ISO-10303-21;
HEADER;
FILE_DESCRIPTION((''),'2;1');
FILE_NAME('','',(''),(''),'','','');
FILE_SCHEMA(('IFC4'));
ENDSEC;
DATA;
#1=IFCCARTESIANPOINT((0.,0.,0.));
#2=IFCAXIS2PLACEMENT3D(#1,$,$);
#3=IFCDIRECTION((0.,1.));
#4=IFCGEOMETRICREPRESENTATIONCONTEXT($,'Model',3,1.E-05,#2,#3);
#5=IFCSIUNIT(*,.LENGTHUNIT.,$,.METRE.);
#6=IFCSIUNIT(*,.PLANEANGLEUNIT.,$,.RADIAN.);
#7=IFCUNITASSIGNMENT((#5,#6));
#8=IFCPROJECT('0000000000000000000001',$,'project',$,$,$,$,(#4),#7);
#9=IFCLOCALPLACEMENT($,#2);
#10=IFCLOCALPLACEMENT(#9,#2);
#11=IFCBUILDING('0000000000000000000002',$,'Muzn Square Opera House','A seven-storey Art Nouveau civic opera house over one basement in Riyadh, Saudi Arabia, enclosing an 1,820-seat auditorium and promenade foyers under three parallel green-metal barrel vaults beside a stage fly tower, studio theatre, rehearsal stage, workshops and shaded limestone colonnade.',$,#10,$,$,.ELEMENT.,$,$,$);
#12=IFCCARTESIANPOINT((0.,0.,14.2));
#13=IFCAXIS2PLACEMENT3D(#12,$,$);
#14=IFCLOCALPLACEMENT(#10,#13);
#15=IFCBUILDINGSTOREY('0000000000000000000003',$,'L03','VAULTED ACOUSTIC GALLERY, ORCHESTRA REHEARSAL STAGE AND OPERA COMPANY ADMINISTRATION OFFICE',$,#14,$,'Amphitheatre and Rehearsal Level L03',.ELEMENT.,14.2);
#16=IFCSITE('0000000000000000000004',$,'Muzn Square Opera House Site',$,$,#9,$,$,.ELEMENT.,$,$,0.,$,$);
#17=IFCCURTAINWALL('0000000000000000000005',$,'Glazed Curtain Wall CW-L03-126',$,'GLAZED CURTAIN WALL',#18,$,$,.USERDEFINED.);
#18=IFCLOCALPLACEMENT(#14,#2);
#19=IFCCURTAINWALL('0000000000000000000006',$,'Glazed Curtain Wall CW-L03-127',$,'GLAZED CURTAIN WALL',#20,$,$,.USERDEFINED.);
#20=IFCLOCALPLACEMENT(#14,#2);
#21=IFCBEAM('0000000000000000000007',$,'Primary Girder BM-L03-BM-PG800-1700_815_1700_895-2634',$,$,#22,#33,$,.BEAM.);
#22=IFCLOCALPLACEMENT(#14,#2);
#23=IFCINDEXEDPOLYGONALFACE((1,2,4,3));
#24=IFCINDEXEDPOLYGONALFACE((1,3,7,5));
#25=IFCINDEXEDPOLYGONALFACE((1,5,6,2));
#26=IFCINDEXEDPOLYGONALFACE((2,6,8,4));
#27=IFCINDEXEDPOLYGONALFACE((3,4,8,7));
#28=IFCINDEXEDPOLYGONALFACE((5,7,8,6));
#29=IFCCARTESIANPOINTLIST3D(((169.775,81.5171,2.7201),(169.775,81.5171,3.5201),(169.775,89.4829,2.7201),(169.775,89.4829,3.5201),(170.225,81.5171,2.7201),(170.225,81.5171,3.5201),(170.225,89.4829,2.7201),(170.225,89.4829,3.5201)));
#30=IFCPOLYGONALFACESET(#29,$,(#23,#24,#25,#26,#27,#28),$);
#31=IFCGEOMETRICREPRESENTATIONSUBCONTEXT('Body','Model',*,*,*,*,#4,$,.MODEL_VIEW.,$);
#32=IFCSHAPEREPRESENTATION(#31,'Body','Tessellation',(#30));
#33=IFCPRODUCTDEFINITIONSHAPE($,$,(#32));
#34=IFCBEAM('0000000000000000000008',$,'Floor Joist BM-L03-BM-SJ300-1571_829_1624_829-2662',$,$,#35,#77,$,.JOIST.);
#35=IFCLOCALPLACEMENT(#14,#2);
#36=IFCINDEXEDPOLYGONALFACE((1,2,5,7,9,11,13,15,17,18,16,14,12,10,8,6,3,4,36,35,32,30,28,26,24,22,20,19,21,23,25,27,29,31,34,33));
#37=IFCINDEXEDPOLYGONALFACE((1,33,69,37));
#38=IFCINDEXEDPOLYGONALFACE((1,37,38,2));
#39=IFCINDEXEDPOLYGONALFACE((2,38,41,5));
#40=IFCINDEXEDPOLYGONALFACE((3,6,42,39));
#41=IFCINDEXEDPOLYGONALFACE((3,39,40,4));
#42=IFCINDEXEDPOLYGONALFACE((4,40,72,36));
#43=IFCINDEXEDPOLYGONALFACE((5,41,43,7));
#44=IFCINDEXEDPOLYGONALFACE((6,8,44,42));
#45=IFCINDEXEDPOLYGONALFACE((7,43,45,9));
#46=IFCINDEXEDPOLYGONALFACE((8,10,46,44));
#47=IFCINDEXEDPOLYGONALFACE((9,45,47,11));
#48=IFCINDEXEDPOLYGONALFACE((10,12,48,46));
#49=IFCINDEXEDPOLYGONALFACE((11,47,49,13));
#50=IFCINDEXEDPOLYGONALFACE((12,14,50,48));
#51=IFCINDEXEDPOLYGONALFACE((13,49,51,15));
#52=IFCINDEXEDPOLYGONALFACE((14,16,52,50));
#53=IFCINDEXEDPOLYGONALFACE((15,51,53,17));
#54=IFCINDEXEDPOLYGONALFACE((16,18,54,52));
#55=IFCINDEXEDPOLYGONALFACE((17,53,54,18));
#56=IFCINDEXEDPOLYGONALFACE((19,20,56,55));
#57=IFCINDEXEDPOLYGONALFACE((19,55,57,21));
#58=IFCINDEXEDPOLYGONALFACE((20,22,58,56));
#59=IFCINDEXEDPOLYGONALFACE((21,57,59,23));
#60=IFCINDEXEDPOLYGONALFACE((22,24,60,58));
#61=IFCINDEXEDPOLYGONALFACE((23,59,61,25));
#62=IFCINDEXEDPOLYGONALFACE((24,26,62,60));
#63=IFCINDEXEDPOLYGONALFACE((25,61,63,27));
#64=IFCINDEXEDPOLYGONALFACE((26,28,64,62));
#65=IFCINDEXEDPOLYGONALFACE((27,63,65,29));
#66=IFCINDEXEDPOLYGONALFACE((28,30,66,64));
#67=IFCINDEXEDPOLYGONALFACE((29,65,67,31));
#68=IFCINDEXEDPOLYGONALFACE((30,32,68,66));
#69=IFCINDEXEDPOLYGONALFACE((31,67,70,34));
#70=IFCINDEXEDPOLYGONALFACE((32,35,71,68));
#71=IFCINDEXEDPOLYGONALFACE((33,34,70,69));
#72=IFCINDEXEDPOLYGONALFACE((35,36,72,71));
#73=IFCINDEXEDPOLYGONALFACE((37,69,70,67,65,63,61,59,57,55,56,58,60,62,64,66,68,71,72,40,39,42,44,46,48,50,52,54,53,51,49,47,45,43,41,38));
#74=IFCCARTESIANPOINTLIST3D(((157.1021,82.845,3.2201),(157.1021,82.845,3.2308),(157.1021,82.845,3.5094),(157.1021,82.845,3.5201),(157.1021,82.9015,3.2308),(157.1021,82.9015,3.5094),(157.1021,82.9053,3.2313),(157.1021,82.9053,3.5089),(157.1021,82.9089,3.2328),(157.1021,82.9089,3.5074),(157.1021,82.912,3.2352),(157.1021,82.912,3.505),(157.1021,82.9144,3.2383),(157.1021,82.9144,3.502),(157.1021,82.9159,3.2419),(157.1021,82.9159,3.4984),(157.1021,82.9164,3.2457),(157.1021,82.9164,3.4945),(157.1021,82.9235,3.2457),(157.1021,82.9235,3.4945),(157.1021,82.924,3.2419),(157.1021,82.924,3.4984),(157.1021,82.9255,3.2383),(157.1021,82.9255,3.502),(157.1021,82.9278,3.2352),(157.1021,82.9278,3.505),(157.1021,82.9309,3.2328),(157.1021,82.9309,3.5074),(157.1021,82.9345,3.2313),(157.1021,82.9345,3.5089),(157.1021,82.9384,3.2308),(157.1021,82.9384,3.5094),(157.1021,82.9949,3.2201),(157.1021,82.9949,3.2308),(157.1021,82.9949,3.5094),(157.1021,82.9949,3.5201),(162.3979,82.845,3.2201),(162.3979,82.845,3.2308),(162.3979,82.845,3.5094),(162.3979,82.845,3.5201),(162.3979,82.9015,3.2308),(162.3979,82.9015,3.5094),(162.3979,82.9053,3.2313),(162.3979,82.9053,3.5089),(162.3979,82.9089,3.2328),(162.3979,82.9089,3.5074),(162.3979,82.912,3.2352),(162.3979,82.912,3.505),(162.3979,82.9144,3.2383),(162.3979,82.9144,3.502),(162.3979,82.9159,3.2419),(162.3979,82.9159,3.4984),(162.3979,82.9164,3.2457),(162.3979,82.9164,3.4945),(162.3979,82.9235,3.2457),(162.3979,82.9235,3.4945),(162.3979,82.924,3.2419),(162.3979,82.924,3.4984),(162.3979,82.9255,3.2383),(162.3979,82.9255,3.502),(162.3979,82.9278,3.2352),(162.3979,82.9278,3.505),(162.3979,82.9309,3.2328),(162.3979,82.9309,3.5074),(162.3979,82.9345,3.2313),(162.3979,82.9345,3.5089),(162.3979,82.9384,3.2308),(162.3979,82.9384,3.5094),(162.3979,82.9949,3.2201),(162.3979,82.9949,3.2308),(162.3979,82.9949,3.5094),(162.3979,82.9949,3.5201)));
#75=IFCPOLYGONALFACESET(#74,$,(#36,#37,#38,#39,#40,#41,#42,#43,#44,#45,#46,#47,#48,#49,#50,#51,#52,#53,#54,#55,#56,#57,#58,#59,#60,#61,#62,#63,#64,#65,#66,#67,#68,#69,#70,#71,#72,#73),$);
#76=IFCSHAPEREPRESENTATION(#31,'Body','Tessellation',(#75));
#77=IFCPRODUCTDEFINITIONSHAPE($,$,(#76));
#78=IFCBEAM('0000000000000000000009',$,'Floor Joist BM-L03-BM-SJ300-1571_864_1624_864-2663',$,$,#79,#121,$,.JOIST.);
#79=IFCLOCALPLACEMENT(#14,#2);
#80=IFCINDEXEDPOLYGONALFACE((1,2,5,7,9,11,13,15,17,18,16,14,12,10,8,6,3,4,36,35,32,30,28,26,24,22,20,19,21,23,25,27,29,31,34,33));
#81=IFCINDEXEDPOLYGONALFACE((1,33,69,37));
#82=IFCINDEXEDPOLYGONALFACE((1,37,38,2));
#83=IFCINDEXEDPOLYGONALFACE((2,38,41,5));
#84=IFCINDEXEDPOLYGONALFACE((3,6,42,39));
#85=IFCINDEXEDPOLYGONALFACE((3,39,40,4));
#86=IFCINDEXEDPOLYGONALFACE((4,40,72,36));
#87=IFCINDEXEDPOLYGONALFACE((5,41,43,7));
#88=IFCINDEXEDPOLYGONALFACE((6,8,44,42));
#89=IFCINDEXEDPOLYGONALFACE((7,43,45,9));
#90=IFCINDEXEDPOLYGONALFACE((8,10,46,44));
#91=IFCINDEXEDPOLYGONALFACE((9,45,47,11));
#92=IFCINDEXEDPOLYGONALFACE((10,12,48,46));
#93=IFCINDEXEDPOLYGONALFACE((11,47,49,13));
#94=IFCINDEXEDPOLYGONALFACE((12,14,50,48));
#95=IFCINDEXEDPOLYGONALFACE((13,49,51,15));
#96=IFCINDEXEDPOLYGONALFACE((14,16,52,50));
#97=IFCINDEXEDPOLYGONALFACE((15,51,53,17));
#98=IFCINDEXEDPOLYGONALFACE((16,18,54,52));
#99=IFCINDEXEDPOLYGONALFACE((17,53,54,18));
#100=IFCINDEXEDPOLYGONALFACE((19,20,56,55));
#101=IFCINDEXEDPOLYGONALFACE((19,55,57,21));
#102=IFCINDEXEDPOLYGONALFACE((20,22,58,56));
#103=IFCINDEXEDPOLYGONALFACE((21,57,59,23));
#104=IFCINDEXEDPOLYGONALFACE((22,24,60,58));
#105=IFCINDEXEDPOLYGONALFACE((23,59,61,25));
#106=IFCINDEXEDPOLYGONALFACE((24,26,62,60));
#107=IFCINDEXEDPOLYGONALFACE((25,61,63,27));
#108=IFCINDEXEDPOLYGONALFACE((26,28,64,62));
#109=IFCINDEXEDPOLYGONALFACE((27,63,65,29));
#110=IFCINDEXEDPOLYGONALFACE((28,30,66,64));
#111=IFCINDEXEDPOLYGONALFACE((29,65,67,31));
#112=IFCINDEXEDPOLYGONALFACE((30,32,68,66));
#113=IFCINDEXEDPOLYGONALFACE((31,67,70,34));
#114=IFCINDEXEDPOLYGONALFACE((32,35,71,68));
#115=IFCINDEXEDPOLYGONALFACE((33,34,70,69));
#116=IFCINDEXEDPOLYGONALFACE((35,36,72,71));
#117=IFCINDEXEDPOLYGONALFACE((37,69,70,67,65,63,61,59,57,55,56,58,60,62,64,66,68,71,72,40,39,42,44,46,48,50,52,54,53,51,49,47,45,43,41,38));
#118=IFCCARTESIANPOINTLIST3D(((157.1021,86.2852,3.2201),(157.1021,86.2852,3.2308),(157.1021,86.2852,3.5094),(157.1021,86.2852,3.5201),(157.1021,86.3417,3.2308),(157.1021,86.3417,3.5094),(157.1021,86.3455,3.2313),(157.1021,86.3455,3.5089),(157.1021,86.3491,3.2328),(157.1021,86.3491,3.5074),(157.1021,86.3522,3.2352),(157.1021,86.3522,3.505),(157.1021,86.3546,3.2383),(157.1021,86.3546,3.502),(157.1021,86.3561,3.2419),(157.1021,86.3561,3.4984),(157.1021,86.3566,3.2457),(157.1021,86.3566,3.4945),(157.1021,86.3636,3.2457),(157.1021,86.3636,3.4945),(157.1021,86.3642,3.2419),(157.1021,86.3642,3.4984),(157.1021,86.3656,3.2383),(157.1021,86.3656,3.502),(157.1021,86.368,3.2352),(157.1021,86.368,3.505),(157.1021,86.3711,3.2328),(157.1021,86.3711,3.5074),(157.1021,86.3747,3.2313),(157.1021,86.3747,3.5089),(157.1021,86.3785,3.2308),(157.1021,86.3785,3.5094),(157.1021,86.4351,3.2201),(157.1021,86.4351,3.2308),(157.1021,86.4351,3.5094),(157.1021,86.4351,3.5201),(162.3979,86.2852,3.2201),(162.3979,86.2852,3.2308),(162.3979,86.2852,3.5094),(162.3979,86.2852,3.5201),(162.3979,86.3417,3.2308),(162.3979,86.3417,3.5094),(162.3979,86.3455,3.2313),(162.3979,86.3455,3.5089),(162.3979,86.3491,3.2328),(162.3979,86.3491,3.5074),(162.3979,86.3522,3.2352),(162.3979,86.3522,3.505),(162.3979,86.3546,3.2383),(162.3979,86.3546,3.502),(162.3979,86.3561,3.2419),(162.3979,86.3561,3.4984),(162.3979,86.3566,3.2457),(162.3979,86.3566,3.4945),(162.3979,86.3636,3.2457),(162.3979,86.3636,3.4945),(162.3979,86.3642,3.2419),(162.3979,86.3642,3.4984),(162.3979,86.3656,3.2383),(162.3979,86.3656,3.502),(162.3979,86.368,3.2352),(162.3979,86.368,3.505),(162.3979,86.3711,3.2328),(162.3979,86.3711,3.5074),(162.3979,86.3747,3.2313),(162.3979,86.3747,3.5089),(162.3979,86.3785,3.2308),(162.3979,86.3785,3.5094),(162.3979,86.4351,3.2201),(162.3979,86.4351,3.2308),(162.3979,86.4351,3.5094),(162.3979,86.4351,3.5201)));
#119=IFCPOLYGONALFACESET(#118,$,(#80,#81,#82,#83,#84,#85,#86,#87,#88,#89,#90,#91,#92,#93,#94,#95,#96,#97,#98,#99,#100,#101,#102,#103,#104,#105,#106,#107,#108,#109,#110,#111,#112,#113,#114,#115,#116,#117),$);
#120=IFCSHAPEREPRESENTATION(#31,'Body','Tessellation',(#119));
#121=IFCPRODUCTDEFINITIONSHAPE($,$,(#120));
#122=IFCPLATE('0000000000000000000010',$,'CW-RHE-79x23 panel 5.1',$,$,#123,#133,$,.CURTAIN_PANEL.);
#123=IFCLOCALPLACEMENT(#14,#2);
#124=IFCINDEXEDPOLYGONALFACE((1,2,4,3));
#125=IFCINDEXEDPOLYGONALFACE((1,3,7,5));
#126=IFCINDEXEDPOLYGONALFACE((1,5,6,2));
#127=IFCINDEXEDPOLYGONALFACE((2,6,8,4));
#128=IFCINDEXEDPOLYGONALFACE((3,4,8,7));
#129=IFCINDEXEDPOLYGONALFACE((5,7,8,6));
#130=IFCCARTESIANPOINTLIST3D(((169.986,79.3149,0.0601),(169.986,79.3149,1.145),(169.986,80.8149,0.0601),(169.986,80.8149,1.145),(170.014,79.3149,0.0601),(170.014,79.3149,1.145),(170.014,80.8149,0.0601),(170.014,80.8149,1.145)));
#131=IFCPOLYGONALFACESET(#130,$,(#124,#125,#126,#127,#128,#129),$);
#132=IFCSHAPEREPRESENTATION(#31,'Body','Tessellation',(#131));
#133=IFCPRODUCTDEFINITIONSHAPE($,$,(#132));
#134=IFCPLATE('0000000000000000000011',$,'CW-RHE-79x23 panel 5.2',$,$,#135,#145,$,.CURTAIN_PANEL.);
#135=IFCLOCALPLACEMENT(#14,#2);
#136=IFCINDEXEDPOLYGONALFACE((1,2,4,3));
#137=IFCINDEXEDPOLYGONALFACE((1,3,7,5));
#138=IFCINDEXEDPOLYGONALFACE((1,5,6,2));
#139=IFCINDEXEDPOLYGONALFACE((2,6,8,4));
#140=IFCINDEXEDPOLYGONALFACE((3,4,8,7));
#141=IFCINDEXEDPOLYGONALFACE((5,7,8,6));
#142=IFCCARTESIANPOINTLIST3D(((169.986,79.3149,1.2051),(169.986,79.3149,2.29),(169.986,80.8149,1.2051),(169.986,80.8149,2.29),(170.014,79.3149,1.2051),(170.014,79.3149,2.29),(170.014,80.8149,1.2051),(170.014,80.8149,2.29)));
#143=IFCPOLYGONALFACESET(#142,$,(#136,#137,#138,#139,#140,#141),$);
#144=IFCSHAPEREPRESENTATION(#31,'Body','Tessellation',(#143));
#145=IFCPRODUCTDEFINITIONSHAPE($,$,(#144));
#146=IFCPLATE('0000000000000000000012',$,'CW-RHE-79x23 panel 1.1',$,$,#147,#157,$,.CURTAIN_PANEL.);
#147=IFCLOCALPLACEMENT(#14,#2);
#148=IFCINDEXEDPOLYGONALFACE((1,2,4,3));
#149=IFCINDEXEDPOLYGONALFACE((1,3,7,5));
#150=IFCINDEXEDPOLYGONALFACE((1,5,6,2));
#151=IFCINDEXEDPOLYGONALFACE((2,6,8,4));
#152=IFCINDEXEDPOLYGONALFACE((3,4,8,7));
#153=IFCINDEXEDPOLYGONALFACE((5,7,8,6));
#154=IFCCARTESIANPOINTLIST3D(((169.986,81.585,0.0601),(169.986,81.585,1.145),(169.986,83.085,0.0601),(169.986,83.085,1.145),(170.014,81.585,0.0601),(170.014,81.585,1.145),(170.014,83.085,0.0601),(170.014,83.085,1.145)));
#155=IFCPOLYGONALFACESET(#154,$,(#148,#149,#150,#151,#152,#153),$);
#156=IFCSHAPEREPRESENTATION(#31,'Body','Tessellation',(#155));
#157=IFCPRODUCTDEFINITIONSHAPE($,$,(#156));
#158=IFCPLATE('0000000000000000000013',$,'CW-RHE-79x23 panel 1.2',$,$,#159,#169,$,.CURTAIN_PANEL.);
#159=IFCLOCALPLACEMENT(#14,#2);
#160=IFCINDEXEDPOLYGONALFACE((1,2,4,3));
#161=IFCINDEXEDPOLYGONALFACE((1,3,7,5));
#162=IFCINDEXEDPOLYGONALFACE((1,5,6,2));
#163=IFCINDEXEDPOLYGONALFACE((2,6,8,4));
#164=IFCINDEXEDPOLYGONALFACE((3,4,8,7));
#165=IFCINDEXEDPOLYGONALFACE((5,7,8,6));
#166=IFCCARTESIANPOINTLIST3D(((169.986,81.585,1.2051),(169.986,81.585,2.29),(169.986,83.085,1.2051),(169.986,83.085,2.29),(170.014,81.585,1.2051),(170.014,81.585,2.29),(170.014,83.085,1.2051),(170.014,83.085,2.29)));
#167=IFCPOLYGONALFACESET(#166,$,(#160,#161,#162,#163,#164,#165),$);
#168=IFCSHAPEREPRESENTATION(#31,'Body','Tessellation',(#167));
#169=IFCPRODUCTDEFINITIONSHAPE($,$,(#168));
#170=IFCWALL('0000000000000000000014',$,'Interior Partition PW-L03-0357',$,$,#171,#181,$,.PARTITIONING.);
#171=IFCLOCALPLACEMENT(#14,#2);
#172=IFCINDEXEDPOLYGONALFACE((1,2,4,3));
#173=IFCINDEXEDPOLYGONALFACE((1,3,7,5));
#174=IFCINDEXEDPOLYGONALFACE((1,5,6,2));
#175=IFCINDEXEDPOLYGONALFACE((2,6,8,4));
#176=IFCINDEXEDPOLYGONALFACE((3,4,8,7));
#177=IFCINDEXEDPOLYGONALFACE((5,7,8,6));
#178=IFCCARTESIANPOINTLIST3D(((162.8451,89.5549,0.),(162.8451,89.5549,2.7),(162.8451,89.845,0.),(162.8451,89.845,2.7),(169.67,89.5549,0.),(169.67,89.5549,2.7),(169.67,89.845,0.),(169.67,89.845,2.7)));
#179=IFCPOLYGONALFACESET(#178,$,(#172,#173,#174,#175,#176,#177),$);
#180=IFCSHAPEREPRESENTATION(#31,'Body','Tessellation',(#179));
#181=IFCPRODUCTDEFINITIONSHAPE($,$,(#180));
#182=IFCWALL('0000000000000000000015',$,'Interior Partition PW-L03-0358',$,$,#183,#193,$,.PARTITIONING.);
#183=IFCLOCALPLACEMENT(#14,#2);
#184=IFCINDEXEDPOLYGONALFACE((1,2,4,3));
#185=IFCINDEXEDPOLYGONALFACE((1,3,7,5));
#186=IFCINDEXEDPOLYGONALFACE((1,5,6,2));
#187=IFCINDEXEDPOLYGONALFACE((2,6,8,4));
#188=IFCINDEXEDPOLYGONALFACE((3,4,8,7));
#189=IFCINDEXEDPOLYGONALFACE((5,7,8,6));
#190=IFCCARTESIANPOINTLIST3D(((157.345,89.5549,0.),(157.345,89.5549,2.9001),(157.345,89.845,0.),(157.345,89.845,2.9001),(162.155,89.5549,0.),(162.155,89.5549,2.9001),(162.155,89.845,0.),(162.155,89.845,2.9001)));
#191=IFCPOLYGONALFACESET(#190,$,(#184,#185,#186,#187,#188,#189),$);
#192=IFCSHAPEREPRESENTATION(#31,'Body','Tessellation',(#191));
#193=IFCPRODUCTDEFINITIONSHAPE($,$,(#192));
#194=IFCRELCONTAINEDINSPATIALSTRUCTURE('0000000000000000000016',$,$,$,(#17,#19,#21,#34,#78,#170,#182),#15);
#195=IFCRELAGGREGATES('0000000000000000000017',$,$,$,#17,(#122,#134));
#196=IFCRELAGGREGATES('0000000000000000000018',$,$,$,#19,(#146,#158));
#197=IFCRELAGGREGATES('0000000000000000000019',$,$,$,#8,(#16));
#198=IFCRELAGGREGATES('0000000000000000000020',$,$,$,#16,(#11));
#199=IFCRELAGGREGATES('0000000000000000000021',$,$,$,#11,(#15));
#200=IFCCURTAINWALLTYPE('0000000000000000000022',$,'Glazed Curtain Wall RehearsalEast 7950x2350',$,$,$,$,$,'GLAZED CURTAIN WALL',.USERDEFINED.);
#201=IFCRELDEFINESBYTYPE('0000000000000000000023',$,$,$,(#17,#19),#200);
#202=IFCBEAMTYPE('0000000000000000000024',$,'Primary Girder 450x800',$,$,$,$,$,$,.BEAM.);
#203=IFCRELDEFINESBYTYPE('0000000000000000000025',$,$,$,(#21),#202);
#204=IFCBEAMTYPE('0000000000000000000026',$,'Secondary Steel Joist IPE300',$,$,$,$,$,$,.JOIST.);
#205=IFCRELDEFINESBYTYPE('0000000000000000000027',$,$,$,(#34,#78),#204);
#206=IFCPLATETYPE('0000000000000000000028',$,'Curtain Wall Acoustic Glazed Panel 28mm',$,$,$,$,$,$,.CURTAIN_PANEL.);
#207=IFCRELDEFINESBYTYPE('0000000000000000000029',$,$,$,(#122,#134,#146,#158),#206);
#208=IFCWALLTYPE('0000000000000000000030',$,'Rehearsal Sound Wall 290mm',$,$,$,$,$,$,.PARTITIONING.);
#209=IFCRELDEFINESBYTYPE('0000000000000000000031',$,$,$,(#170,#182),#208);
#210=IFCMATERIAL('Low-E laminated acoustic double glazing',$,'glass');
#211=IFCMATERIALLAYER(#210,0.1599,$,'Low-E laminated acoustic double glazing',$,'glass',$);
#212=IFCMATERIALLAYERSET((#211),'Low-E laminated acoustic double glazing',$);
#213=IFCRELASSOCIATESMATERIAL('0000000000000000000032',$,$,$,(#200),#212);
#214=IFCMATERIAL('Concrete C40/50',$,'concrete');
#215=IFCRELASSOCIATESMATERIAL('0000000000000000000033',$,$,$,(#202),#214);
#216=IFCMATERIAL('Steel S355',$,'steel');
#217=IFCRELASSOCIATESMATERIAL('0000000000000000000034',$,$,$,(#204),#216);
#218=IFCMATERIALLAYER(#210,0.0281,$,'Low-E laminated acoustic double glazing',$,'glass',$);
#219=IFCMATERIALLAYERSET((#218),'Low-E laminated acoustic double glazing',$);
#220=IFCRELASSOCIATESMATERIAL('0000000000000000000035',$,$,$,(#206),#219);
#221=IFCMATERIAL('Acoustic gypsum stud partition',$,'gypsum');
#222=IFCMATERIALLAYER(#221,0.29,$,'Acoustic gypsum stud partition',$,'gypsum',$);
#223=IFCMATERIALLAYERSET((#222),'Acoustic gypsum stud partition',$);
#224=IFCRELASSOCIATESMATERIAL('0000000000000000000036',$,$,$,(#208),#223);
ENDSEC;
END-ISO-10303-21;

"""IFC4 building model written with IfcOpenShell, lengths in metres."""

from ifc_helpers import new_model, si_unit, direction, frame, frame_2d, origin, origin_2d, place, context, subcontext, project, spatial, rectangle, i_section, extrude, material, layer, layer_set, material_profile, profile_set, type_object, element, aggregate, save


model = new_model("IFC4")

# Units and contexts
model_context = context("Model", 3, precision=1e-05, world=origin(), true_north=direction((0.0, 1.0)))
body_context = subcontext(model_context, "Body", "Model", "MODEL_VIEW")
ifc_project = project(units=[si_unit("LENGTHUNIT", "METRE"), si_unit("PLANEANGLEUNIT", "RADIAN")], contexts=[model_context])

# Site, building, storey
site_placement = place(None, origin())
site = spatial("IfcSite", under=ifc_project, at=site_placement, Name="Muzn Square Opera House Site", CompositionType="ELEMENT", RefElevation=0.0)
building_placement = place(site_placement, origin())
building = spatial("IfcBuilding", under=site, at=building_placement, Name="Muzn Square Opera House", Description="A seven-storey Art Nouveau civic opera house over one basement in Riyadh, Saudi Arabia, enclosing an 1,820-seat auditorium and promenade foyers under three parallel green-metal barrel vaults beside a stage fly tower, studio theatre, rehearsal stage, workshops and shaded limestone colonnade.", CompositionType="ELEMENT")
storey_placement = place(building_placement, frame((0.0, 0.0, 14.2)))
storey = spatial("IfcBuildingStorey", under=building, at=storey_placement, Name="L03", Description="VAULTED ACOUSTIC GALLERY, ORCHESTRA REHEARSAL STAGE AND OPERA COMPANY ADMINISTRATION OFFICE", LongName="Amphitheatre and Rehearsal Level L03", CompositionType="ELEMENT", Elevation=14.2)

# Curtain wall
ifc_material_1 = material(Name="Low-E laminated acoustic double glazing", Category="glass")
ifc_layer_1 = layer(ifc_material_1, 0.1599, Name="Low-E laminated acoustic double glazing", Category="glass")
ifc_layer_set_1 = layer_set([ifc_layer_1], Name="Low-E laminated acoustic double glazing")
curtain_wall_type = type_object("IfcCurtainWallType", Name="Glazed Curtain Wall RehearsalEast 7950x2350", ElementType="GLAZED CURTAIN WALL", PredefinedType="USERDEFINED", material=ifc_layer_set_1)
curtain_wall_1_placement = place(storey_placement, origin())
curtain_wall_1 = element("IfcCurtainWall", 1, at=curtain_wall_1_placement, inside=storey, type_object=curtain_wall_type, Name="Glazed Curtain Wall CW-L03-126", ObjectType="GLAZED CURTAIN WALL", PredefinedType="USERDEFINED")

# Curtain wall
curtain_wall_2_placement = place(storey_placement, origin())
curtain_wall_2 = element("IfcCurtainWall", 2, at=curtain_wall_2_placement, inside=storey, type_object=curtain_wall_type, Name="Glazed Curtain Wall CW-L03-127", ObjectType="GLAZED CURTAIN WALL", PredefinedType="USERDEFINED")

# Beams
ifc_material_2 = material(Name="Concrete C40/50", Category="concrete")
ifc_material_profile_1 = material_profile(ifc_material_2, rectangle(XDim=0.45, YDim=0.8, at=origin_2d()), Name="RCB 450x800", Category="concrete")
ifc_profile_set_1 = profile_set([ifc_material_profile_1], Name="Concrete C40/50")
beam_type_1 = type_object("IfcBeamType", Name="Primary Girder 450x800", PredefinedType="BEAM", material=ifc_profile_set_1)
beam_1_placement = place(storey_placement, frame((170.0, 81.5171, 3.1201), z_axis=(0.0, 1.0, 0.0), x_axis=(-1.0, 0.0, 0.0)))
element("IfcBeam", 3, at=beam_1_placement, inside=storey, type_object=beam_type_1, Name="Primary Girder BM-L03-BM-PG800-1700_815_1700_895-2634", PredefinedType="BEAM", context=body_context, shape_type="SweptSolid", body=[
    extrude(rectangle(XDim=0.45, YDim=0.8, at=origin_2d()), origin(), (0.0, 0.0, 1.0), 7.9658),
])
ifc_material_3 = material(Name="Steel S355", Category="steel")
ifc_material_profile_2 = material_profile(ifc_material_3, i_section(OverallWidth=0.1499, OverallDepth=0.3, WebThickness=0.0071, FlangeThickness=0.0107, FilletRadius=0.0149, at=origin_2d()), Name="IPE 300", Category="steel")
ifc_profile_set_2 = profile_set([ifc_material_profile_2], Name="Steel S355")
beam_type_2 = type_object("IfcBeamType", Name="Secondary Steel Joist IPE300", PredefinedType="JOIST", material=ifc_profile_set_2)
for number, where, z_axis, x_axis, name in (
    (4, (157.1021, 82.9199, 3.3701), (1.0, 0.0, 0.0), (0.0, 1.0, 0.0), "Floor Joist BM-L03-BM-SJ300-1571_829_1624_829-2662"),
    (5, (157.1021, 86.3601, 3.3701), (1.0, 0.0, 0.0), (0.0, 1.0, 0.0), "Floor Joist BM-L03-BM-SJ300-1571_864_1624_864-2663"),
):
    element("IfcBeam", number, at=place(storey_placement, frame(where, z_axis=z_axis, x_axis=x_axis)), inside=storey, type_object=beam_type_2, Name=name, PredefinedType="JOIST", context=body_context, shape_type="SweptSolid", body=[
        extrude(i_section(OverallWidth=0.1499, OverallDepth=0.3, WebThickness=0.0071, FlangeThickness=0.0107, FilletRadius=0.0149, at=origin_2d()), origin(), (0.0, 0.0, 1.0), 5.2959),
    ])

# Plates
ifc_layer_2 = layer(ifc_material_1, 0.0281, Name="Low-E laminated acoustic double glazing", Category="glass")
ifc_layer_set_2 = layer_set([ifc_layer_2], Name="Low-E laminated acoustic double glazing")
plate_type = type_object("IfcPlateType", Name="Curtain Wall Acoustic Glazed Panel 28mm", PredefinedType="CURTAIN_PANEL", material=ifc_layer_set_2)
plate_1_placement = place(storey_placement, frame((170.0, 80.0649, 0.0601), z_axis=(0.0, 0.0, 1.0), x_axis=(0.0, 1.0, 0.0)))
plate_1 = element("IfcPlate", 6, at=plate_1_placement, type_object=plate_type, Name="CW-RHE-79x23 panel 5.1", PredefinedType="CURTAIN_PANEL", context=body_context, shape_type="SweptSolid", body=[
    extrude(rectangle(XDim=1.5, YDim=0.0281, at=origin_2d()), origin(), (0.0, 0.0, 1.0), 1.085),
])
plate_2_placement = place(storey_placement, frame((170.0, 80.0649, 1.2051), z_axis=(0.0, 0.0, 1.0), x_axis=(0.0, 1.0, 0.0)))
plate_2 = element("IfcPlate", 7, at=plate_2_placement, type_object=plate_type, Name="CW-RHE-79x23 panel 5.2", PredefinedType="CURTAIN_PANEL", context=body_context, shape_type="SweptSolid", body=[
    extrude(rectangle(XDim=1.5, YDim=0.0281, at=origin_2d()), origin(), (0.0, 0.0, 1.0), 1.085),
])
aggregate(curtain_wall_1, [plate_1, plate_2])
plate_3_placement = place(storey_placement, frame((170.0, 82.335, 0.0601), z_axis=(0.0, 0.0, 1.0), x_axis=(0.0, 1.0, 0.0)))
plate_3 = element("IfcPlate", 8, at=plate_3_placement, type_object=plate_type, Name="CW-RHE-79x23 panel 1.1", PredefinedType="CURTAIN_PANEL", context=body_context, shape_type="SweptSolid", body=[
    extrude(rectangle(XDim=1.5, YDim=0.0281, at=origin_2d()), origin(), (0.0, 0.0, 1.0), 1.085),
])
plate_4_placement = place(storey_placement, frame((170.0, 82.335, 1.2051), z_axis=(0.0, 0.0, 1.0), x_axis=(0.0, 1.0, 0.0)))
plate_4 = element("IfcPlate", 9, at=plate_4_placement, type_object=plate_type, Name="CW-RHE-79x23 panel 1.2", PredefinedType="CURTAIN_PANEL", context=body_context, shape_type="SweptSolid", body=[
    extrude(rectangle(XDim=1.5, YDim=0.0281, at=origin_2d()), origin(), (0.0, 0.0, 1.0), 1.085),
])
aggregate(curtain_wall_2, [plate_3, plate_4])

# Walls
ifc_material_4 = material(Name="Acoustic gypsum stud partition", Category="gypsum")
ifc_layer_3 = layer(ifc_material_4, 0.29, Name="Acoustic gypsum stud partition", Category="gypsum")
ifc_layer_set_3 = layer_set([ifc_layer_3], Name="Acoustic gypsum stud partition")
wall_type_1 = type_object("IfcWallType", Name="Rehearsal Sound Wall 290mm", PredefinedType="PARTITIONING", material=ifc_layer_set_3)
wall_1_placement = place(storey_placement, frame((162.845, 89.7, 0.0), z_axis=(0.0, 0.0, 1.0), x_axis=(1.0, 0.0, 0.0)))
element("IfcWall", 10, at=wall_1_placement, inside=storey, type_object=wall_type_1, Name="Interior Partition PW-L03-0357", PredefinedType="PARTITIONING", context=body_context, shape_type="SweptSolid", body=[
    extrude(rectangle(XDim=6.825, YDim=0.29, at=frame_2d((3.4126, 0.0))), origin(), (0.0, 0.0, 1.0), 2.7),
])
wall_2_placement = place(storey_placement, frame((157.345, 89.7, 0.0), z_axis=(0.0, 0.0, 1.0), x_axis=(1.0, 0.0, 0.0)))
element("IfcWall", 11, at=wall_2_placement, inside=storey, type_object=wall_type_1, Name="Interior Partition PW-L03-0358", PredefinedType="PARTITIONING", context=body_context, shape_type="SweptSolid", body=[
    extrude(rectangle(XDim=4.8101, YDim=0.29, at=frame_2d((2.405, 0.0))), origin(), (0.0, 0.0, 1.0), 2.9001),
])

save(model, "model.ifc")
